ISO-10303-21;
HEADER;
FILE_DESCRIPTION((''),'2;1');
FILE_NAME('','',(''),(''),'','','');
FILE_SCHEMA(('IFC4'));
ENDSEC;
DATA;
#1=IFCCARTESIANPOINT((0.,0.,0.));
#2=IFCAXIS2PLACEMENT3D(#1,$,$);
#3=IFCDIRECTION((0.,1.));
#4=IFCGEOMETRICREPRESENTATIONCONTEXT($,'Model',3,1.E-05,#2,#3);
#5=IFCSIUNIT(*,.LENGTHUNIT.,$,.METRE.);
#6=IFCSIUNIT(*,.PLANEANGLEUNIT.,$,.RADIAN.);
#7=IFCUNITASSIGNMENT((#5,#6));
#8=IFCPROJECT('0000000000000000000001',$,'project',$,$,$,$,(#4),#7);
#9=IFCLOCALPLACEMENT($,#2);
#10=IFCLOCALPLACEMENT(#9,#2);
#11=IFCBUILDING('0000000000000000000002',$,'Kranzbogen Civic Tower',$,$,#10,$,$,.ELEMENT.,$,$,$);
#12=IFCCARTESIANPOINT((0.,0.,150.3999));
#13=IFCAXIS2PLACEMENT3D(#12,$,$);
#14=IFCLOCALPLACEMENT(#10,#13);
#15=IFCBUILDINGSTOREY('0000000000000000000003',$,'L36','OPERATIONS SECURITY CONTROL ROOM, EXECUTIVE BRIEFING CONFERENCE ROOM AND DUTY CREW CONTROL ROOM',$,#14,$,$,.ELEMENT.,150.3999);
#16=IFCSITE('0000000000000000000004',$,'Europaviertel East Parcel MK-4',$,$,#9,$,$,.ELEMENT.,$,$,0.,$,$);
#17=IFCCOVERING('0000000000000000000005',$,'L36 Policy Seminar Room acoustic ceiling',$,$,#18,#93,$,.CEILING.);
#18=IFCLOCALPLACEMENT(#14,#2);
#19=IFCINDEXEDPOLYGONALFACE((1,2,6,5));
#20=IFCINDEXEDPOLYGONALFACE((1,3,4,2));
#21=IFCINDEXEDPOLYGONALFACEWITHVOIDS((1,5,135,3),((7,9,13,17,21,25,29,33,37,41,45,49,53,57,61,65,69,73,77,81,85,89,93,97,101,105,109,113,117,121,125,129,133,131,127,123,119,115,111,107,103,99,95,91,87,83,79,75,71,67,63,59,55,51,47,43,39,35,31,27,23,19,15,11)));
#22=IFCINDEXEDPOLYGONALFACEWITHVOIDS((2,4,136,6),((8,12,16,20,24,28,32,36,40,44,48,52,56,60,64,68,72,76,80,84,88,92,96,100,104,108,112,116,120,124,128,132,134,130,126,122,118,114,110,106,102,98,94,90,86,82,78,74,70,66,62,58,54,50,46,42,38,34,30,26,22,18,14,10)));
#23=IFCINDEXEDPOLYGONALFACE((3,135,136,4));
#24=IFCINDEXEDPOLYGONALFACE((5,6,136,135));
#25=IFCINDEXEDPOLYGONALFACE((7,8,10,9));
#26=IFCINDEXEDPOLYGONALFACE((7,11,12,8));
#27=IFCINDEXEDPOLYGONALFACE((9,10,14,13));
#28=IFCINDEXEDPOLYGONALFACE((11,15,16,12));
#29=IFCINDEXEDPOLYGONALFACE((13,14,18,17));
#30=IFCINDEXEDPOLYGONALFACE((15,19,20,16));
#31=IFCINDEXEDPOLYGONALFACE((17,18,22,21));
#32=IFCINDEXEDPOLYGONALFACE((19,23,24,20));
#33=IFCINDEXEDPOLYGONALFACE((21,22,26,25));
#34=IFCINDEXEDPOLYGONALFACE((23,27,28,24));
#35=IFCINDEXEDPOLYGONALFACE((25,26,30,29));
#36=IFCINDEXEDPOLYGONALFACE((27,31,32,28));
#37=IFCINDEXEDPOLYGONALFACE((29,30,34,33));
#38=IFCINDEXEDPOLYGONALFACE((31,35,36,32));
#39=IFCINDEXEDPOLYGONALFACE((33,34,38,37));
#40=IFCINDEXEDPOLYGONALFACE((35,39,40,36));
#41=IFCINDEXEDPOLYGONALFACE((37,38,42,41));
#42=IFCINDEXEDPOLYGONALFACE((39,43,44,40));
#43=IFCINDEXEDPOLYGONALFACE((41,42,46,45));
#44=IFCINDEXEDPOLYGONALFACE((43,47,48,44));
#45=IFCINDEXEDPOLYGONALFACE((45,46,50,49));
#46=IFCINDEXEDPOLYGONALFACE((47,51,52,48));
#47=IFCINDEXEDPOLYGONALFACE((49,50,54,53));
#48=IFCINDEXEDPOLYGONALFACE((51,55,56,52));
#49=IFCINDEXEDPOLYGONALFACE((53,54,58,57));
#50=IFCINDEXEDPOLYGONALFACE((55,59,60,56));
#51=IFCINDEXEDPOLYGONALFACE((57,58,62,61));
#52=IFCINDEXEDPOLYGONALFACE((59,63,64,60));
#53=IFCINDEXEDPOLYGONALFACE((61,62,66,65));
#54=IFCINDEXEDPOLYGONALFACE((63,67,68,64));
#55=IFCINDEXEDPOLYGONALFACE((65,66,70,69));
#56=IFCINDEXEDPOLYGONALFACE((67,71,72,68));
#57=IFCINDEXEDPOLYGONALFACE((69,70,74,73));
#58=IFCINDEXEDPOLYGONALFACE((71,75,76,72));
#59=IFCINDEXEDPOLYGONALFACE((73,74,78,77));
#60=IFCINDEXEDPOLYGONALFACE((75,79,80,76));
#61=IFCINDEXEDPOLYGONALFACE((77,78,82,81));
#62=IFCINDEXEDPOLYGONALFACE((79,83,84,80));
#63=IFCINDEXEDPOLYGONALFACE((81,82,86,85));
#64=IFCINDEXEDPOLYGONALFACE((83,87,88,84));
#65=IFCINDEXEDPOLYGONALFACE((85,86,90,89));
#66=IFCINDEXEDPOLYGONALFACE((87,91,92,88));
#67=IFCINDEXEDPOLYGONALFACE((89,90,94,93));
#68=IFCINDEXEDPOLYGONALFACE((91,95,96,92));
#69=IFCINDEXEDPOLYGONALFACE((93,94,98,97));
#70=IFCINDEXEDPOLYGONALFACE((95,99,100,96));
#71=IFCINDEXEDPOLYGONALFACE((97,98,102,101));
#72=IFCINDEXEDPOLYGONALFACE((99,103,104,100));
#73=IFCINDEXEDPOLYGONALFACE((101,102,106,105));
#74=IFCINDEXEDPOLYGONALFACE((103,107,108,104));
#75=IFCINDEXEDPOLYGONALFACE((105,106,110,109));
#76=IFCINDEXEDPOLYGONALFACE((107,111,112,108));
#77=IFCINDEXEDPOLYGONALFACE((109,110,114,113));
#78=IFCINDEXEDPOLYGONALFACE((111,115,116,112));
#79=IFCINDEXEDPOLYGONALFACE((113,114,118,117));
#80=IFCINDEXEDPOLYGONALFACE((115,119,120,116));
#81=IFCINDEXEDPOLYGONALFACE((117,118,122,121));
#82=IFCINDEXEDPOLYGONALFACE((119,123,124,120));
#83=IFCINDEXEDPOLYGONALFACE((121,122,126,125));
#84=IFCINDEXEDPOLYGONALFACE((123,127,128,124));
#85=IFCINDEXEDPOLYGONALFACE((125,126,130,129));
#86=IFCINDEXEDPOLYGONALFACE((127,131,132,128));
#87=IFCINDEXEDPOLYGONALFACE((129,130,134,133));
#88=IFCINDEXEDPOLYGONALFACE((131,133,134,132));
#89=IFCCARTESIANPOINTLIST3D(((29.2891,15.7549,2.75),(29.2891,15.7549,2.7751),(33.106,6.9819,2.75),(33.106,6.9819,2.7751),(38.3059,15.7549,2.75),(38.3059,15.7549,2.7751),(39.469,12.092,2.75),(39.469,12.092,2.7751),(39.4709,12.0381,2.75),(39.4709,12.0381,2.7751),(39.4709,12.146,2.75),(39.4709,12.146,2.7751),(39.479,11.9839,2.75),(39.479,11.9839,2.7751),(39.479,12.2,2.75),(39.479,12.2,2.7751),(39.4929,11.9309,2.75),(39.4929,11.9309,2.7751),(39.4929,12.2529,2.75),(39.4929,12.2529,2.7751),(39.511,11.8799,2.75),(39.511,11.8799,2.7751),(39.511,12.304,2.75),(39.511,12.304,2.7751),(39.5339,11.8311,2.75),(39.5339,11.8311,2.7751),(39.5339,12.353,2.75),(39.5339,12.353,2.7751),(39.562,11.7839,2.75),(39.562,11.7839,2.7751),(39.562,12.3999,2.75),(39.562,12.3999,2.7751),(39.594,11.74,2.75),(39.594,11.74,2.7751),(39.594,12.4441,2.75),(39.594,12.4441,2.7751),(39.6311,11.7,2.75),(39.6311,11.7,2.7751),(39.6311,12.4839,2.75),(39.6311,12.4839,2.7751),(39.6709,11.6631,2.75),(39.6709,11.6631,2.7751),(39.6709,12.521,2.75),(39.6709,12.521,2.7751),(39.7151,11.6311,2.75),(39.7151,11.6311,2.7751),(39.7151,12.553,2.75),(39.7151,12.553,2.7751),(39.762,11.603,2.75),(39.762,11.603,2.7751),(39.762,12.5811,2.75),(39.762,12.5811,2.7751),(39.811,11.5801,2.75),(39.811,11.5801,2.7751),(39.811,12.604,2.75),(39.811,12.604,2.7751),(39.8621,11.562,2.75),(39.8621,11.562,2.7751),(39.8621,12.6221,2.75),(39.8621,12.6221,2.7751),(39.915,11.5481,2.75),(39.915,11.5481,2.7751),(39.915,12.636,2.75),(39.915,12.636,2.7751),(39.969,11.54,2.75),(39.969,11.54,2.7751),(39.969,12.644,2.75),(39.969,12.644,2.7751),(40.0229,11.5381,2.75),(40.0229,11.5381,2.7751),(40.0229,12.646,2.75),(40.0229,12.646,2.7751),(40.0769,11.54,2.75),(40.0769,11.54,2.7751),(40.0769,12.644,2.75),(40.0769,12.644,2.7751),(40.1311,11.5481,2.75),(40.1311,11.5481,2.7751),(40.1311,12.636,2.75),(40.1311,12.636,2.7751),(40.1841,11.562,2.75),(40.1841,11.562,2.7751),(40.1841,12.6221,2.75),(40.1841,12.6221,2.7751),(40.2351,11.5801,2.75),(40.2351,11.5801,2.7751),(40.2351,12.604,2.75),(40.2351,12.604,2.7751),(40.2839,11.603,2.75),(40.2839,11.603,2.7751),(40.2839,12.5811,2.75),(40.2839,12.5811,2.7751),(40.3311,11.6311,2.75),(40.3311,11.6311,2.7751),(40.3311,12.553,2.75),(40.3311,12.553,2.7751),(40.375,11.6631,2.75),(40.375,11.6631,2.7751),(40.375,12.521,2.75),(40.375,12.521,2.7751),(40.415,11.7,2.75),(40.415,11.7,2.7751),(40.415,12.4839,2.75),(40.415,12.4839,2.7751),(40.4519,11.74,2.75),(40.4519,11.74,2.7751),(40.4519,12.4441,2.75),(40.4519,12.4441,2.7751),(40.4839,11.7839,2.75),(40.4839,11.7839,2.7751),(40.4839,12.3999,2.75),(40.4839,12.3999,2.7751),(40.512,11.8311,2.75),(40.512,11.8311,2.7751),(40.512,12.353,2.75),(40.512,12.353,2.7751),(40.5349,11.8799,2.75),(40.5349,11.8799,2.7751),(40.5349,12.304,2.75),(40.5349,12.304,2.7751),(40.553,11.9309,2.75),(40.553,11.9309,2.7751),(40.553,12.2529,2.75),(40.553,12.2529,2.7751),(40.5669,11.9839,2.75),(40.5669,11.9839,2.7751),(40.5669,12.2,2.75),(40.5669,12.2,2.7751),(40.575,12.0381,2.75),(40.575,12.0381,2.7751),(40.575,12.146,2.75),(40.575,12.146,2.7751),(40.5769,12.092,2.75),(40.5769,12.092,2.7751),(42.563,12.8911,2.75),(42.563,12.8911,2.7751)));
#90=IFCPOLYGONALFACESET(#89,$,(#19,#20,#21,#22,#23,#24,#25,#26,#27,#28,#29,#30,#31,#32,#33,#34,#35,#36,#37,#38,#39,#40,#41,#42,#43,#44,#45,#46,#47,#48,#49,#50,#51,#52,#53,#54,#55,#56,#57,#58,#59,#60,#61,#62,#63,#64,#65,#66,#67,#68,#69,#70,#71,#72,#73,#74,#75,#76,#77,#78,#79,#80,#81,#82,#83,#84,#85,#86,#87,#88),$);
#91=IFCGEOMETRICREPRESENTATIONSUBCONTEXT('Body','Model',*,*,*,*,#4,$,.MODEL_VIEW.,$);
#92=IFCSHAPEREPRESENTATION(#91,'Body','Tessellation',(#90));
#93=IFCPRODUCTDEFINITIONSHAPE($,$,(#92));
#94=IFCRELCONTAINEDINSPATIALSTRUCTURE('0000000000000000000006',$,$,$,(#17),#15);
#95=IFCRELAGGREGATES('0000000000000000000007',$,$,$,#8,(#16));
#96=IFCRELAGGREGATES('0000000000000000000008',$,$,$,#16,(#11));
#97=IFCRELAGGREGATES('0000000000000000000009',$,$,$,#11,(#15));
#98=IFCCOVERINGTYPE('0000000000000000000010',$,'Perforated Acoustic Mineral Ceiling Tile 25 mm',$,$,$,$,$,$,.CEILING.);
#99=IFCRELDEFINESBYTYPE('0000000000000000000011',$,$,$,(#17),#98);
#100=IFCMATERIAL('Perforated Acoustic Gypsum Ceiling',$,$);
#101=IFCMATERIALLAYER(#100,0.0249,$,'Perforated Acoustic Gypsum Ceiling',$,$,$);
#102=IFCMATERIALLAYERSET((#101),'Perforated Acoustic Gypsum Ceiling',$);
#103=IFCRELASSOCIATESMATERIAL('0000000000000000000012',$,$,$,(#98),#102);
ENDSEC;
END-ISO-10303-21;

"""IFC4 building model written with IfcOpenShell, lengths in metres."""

from ifc_helpers import new_model, si_unit, direction, frame, origin, place, context, subcontext, project, spatial, polyline, outline, extrude, material, layer, layer_set, type_object, element, save


model = new_model("IFC4")

# Units and contexts
model_context = context("Model", 3, precision=1e-05, world=origin(), true_north=direction((0.0, 1.0)))
body_context = subcontext(model_context, "Body", "Model", "MODEL_VIEW")
ifc_project = project(units=[si_unit("LENGTHUNIT", "METRE"), si_unit("PLANEANGLEUNIT", "RADIAN")], contexts=[model_context])

# Site, building, storey
site_placement = place(None, origin())
site = spatial("IfcSite", under=ifc_project, at=site_placement, Name="Europaviertel East Parcel MK-4", CompositionType="ELEMENT", RefElevation=0.0)
building_placement = place(site_placement, origin())
building = spatial("IfcBuilding", under=site, at=building_placement, Name="Kranzbogen Civic Tower", CompositionType="ELEMENT")
storey_placement = place(building_placement, frame((0.0, 0.0, 150.3999)))
storey = spatial("IfcBuildingStorey", under=building, at=storey_placement, Name="L36", Description="OPERATIONS SECURITY CONTROL ROOM, EXECUTIVE BRIEFING CONFERENCE ROOM AND DUTY CREW CONTROL ROOM", CompositionType="ELEMENT", Elevation=150.3999)

# Covering
ifc_material_1 = material(Name="Perforated Acoustic Gypsum Ceiling")
ifc_layer_1 = layer(ifc_material_1, 0.0249, Name="Perforated Acoustic Gypsum Ceiling")
ifc_layer_set_1 = layer_set([ifc_layer_1], Name="Perforated Acoustic Gypsum Ceiling")
covering_type_1 = type_object("IfcCoveringType", Name="Perforated Acoustic Mineral Ceiling Tile 25 mm", PredefinedType="CEILING", material=ifc_layer_set_1)
covering_1_placement = place(storey_placement, frame((0.0, 0.0, 2.75)))
element("IfcCovering", 1, at=covering_1_placement, inside=storey, type_object=covering_type_1, Name="L36 Policy Seminar Room acoustic ceiling", PredefinedType="CEILING", context=body_context, shape_type="SweptSolid", body=[
    extrude(outline(polyline([(29.2891, 15.7549), (38.3059, 15.7549), (42.563, 12.8911), (33.106, 6.9819), (29.2891, 15.7549)]), holes=[polyline([(40.5349, 11.8799), (40.512, 11.8311), (40.4839, 11.7839), (40.4519, 11.74), (40.415, 11.7), (40.375, 11.6631), (40.3311, 11.6311), (40.2839, 11.603), (40.2351, 11.5801), (40.1841, 11.562), (40.1311, 11.5481), (40.0769, 11.54), (40.0229, 11.5381), (39.969, 11.54), (39.915, 11.5481), (39.8621, 11.562), (39.811, 11.5801), (39.762, 11.603), (39.7151, 11.6311), (39.6709, 11.6631), (39.6311, 11.7), (39.594, 11.74), (39.562, 11.7839), (39.5339, 11.8311), (39.511, 11.8799), (39.4929, 11.9309), (39.479, 11.9839), (39.4709, 12.0381), (39.469, 12.092), (39.4709, 12.146), (39.479, 12.2), (39.4929, 12.2529), (39.511, 12.304), (39.5339, 12.353), (39.562, 12.3999), (39.594, 12.4441), (39.6311, 12.4839), (39.6709, 12.521), (39.7151, 12.553), (39.762, 12.5811), (39.811, 12.604), (39.8621, 12.6221), (39.915, 12.636), (39.969, 12.644), (40.0229, 12.646), (40.0769, 12.644), (40.1311, 12.636), (40.1841, 12.6221), (40.2351, 12.604), (40.2839, 12.5811), (40.3311, 12.553), (40.375, 12.521), (40.415, 12.4839), (40.4519, 12.4441), (40.4839, 12.3999), (40.512, 12.353), (40.5349, 12.304), (40.553, 12.2529), (40.5669, 12.2), (40.575, 12.146), (40.5769, 12.092), (40.575, 12.0381), (40.5669, 11.9839), (40.553, 11.9309), (40.5349, 11.8799)])]), origin(), (0.0, 0.0, 1.0), 0.0251),
])

save(model, "model.ifc")
